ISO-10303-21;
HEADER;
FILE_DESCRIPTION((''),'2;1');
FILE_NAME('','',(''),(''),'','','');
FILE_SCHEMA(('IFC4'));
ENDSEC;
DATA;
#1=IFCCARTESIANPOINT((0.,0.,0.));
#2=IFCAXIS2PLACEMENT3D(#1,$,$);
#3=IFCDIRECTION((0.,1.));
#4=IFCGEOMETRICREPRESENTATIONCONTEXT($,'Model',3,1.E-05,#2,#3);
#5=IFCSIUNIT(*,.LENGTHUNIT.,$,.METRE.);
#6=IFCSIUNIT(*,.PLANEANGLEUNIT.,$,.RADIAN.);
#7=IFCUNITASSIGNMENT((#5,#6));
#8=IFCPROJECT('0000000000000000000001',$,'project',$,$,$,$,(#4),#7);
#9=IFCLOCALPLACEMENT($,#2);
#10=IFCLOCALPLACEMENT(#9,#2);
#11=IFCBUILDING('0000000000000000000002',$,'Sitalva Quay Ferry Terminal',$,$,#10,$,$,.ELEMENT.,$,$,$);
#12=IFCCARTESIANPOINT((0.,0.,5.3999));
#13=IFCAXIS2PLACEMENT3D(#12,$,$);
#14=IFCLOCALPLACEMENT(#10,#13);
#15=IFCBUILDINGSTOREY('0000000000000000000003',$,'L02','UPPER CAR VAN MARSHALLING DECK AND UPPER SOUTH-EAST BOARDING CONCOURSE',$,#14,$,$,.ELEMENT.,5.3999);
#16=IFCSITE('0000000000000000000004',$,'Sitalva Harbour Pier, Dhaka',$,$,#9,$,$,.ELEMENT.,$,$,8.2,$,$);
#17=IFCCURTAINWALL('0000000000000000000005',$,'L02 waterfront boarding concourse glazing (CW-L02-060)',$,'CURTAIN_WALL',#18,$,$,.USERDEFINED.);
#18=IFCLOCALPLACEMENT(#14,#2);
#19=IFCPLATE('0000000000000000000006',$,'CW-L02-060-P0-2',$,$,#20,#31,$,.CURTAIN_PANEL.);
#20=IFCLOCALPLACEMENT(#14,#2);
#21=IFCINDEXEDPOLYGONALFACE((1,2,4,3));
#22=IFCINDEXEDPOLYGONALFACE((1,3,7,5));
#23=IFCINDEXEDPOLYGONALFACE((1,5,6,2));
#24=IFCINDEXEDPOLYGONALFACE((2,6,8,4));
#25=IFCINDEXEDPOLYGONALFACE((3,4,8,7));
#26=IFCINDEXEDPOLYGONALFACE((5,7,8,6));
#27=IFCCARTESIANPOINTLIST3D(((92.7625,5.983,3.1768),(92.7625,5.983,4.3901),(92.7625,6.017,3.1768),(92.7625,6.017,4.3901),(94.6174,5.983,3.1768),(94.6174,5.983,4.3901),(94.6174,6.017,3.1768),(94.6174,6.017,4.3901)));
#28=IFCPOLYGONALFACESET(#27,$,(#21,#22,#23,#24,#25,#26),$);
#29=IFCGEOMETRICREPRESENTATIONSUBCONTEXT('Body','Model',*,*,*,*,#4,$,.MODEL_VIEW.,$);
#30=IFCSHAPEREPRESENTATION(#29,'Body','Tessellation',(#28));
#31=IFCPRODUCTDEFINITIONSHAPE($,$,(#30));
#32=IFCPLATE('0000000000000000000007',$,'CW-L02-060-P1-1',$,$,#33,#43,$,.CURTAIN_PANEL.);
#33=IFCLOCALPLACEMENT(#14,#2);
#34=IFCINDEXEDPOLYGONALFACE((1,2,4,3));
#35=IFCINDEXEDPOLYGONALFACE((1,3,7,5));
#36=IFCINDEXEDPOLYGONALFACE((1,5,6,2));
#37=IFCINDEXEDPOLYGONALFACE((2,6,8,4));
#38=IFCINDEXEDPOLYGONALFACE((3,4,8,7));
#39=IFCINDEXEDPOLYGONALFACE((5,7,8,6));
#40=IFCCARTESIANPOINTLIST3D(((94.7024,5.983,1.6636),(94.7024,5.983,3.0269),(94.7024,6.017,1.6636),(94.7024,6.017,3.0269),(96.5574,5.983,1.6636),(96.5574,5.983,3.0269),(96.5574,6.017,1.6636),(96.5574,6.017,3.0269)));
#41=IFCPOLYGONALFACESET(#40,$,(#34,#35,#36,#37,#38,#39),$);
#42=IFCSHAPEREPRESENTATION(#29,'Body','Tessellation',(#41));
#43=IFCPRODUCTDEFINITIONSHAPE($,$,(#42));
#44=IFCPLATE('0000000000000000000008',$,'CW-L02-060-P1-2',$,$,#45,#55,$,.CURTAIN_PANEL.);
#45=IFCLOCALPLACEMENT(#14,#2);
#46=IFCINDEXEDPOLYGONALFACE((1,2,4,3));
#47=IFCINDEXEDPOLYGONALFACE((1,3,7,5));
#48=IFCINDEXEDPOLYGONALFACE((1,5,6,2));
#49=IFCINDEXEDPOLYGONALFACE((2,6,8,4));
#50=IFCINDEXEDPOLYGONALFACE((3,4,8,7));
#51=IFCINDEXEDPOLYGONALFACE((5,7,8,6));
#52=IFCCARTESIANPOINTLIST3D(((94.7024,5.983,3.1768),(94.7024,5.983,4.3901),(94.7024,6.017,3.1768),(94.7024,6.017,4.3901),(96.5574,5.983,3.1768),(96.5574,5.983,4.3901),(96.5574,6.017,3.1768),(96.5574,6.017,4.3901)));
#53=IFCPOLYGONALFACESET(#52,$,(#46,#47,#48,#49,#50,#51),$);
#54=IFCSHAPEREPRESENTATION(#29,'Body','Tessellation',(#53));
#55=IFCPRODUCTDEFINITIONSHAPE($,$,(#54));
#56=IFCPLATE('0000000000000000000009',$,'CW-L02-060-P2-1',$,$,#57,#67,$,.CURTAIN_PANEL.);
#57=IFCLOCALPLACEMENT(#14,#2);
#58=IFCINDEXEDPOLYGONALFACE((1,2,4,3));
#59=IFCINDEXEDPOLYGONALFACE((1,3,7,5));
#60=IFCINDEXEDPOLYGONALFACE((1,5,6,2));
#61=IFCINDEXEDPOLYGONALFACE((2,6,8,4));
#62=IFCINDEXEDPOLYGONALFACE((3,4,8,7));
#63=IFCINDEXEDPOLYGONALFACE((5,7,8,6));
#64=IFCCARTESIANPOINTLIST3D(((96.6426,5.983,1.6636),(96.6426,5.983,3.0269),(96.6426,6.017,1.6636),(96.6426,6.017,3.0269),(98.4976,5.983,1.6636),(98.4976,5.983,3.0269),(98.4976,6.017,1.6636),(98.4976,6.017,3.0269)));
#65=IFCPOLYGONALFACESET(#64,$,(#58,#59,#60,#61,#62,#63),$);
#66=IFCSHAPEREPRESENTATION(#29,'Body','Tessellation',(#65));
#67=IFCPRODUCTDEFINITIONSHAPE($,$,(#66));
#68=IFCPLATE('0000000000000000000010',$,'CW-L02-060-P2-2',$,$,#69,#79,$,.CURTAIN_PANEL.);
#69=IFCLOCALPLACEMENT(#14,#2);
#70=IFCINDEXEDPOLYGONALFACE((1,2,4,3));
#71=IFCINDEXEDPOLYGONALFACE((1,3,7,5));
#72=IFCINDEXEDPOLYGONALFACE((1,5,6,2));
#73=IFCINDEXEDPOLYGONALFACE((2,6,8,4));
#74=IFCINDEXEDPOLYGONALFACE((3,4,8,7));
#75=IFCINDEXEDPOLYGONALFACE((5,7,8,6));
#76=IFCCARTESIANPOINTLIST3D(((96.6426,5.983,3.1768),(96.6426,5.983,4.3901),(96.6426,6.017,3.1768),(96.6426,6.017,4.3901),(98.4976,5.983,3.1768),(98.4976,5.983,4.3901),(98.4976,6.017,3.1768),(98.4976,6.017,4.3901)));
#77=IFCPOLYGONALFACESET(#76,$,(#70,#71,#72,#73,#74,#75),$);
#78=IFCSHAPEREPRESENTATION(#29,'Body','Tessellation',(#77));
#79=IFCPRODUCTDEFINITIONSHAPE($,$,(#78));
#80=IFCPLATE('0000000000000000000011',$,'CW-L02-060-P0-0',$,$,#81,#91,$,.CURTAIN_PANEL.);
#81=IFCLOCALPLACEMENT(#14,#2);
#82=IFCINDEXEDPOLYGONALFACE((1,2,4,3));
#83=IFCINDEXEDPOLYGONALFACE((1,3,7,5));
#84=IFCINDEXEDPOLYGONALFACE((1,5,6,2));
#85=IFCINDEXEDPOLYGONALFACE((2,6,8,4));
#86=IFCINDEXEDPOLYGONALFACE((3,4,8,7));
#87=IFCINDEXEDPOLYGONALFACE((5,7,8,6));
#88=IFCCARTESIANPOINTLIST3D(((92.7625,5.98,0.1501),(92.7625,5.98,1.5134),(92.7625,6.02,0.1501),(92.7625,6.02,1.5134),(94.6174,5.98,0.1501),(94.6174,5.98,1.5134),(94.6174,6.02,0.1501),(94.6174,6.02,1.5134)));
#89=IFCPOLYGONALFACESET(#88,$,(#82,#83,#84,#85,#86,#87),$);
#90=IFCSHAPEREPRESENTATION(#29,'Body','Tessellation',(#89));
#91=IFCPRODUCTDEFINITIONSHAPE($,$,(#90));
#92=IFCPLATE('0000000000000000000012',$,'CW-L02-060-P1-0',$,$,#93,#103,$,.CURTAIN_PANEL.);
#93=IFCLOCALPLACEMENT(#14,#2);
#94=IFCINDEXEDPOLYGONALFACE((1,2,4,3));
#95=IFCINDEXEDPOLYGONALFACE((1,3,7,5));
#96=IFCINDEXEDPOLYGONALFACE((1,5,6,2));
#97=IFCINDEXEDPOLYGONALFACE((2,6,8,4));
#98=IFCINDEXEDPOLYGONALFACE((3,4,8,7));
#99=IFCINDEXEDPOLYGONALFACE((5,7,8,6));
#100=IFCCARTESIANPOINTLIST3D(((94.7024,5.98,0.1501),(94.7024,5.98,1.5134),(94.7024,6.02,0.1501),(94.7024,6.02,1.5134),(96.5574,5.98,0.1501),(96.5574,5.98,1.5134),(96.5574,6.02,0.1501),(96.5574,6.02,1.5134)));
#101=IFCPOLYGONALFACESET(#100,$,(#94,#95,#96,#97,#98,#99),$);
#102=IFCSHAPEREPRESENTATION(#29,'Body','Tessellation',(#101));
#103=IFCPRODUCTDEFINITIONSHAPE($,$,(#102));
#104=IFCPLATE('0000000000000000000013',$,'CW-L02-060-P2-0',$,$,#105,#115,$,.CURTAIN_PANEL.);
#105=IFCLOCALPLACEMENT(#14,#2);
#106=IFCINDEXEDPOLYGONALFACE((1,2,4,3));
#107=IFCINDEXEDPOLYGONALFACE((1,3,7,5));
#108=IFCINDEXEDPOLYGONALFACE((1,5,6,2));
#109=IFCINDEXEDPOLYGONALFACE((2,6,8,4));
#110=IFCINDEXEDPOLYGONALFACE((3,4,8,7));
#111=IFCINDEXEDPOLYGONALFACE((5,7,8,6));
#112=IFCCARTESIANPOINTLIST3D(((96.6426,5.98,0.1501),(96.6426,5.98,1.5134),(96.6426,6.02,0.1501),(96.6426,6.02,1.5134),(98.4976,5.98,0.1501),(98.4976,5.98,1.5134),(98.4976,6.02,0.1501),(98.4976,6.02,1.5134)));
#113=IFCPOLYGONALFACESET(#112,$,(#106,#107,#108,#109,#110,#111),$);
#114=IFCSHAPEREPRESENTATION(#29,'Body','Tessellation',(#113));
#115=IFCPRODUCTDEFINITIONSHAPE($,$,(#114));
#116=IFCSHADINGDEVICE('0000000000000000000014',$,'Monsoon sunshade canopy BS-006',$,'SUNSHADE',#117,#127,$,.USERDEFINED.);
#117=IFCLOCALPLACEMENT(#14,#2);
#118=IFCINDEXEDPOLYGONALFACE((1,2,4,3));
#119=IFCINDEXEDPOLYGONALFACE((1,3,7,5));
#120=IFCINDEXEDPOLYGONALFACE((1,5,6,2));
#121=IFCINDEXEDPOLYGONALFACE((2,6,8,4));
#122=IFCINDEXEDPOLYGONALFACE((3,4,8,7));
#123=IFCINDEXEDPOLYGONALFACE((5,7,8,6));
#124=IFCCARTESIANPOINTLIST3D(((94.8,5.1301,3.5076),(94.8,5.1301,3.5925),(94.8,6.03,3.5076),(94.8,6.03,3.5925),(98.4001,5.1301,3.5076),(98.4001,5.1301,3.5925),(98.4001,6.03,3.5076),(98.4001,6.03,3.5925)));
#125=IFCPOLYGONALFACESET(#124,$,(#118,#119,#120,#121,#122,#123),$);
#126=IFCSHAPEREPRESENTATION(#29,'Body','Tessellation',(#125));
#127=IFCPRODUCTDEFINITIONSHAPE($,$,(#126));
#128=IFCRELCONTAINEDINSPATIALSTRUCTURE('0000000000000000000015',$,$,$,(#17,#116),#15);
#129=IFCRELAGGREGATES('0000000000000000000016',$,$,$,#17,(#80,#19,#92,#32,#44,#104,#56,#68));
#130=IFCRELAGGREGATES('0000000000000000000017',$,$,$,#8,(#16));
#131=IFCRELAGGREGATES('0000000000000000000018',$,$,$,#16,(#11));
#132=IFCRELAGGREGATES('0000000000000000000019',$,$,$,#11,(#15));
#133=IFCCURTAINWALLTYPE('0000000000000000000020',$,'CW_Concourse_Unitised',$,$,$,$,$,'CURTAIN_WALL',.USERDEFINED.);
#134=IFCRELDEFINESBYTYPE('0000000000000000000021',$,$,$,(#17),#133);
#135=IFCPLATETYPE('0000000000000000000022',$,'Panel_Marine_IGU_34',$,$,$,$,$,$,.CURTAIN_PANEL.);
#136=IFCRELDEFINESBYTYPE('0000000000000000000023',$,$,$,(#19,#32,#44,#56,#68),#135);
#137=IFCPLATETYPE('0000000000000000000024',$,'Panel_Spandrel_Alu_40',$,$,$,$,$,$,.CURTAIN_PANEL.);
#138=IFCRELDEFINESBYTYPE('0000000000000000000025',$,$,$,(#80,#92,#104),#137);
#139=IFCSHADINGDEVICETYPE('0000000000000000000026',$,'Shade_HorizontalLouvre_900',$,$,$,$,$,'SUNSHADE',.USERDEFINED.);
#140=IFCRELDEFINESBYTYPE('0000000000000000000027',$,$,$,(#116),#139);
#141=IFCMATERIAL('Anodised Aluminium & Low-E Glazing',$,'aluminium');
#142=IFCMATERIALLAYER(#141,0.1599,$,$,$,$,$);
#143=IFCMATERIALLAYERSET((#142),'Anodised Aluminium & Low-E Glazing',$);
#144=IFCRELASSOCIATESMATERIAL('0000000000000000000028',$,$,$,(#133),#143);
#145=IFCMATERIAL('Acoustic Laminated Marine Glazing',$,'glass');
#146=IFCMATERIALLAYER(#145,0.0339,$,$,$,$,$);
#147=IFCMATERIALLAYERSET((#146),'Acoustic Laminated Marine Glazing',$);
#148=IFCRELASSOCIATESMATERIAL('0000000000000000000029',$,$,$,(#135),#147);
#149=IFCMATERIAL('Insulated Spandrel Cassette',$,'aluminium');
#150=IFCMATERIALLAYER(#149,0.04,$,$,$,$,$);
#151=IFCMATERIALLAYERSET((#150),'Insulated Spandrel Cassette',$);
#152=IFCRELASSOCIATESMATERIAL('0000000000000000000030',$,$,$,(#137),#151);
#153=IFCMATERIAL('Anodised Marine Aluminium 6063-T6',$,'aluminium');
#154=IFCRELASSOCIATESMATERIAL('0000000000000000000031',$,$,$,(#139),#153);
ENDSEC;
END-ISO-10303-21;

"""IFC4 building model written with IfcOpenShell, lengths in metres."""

from ifc_helpers import new_model, si_unit, direction, frame, origin, origin_2d, place, context, subcontext, project, spatial, rectangle, extrude, material, layer, layer_set, type_object, element, aggregate, save


model = new_model("IFC4")

# Units and contexts
model_context = context("Model", 3, precision=1e-05, world=origin(), true_north=direction((0.0, 1.0)))
body_context = subcontext(model_context, "Body", "Model", "MODEL_VIEW")
ifc_project = project(units=[si_unit("LENGTHUNIT", "METRE"), si_unit("PLANEANGLEUNIT", "RADIAN")], contexts=[model_context])

# Site, building, storey
site_placement = place(None, origin())
site = spatial("IfcSite", under=ifc_project, at=site_placement, Name="Sitalva Harbour Pier, Dhaka", CompositionType="ELEMENT", RefElevation=8.2)
building_placement = place(site_placement, origin())
building = spatial("IfcBuilding", under=site, at=building_placement, Name="Sitalva Quay Ferry Terminal", CompositionType="ELEMENT")
storey_placement = place(building_placement, frame((0.0, 0.0, 5.3999)))
storey = spatial("IfcBuildingStorey", under=building, at=storey_placement, Name="L02", Description="UPPER CAR VAN MARSHALLING DECK AND UPPER SOUTH-EAST BOARDING CONCOURSE", CompositionType="ELEMENT", Elevation=5.3999)

# Curtain wall, plates
ifc_material_1 = material(Name="Anodised Aluminium & Low-E Glazing", Category="aluminium")
ifc_layer_1 = layer(ifc_material_1, 0.1599)
ifc_layer_set_1 = layer_set([ifc_layer_1], Name="Anodised Aluminium & Low-E Glazing")
curtain_wall_type = type_object("IfcCurtainWallType", Name="CW_Concourse_Unitised", ElementType="CURTAIN_WALL", PredefinedType="USERDEFINED", material=ifc_layer_set_1)
curtain_wall_placement = place(storey_placement, origin())
curtain_wall = element("IfcCurtainWall", 1, at=curtain_wall_placement, inside=storey, type_object=curtain_wall_type, Name="L02 waterfront boarding concourse glazing (CW-L02-060)", ObjectType="CURTAIN_WALL", PredefinedType="USERDEFINED")
ifc_material_2 = material(Name="Acoustic Laminated Marine Glazing", Category="glass")
ifc_layer_2 = layer(ifc_material_2, 0.0339)
ifc_layer_set_2 = layer_set([ifc_layer_2], Name="Acoustic Laminated Marine Glazing")
plate_type_1 = type_object("IfcPlateType", Name="Panel_Marine_IGU_34", PredefinedType="CURTAIN_PANEL", material=ifc_layer_set_2)
plate_1_placement = place(storey_placement, frame((93.6899, 6.0, 3.1768), z_axis=(0.0, 0.0, 1.0), x_axis=(1.0, 0.0, 0.0)))
plate_1 = element("IfcPlate", 2, at=plate_1_placement, type_object=plate_type_1, Name="CW-L02-060-P0-2", PredefinedType="CURTAIN_PANEL", context=body_context, shape_type="SweptSolid", body=[
    extrude(rectangle(XDim=1.855, YDim=0.0339, at=origin_2d()), origin(), (0.0, 0.0, 1.0), 1.2134),
])
plate_2_placement = place(storey_placement, frame((95.6299, 6.0, 1.6636), z_axis=(0.0, 0.0, 1.0), x_axis=(1.0, 0.0, 0.0)))
plate_2 = element("IfcPlate", 3, at=plate_2_placement, type_object=plate_type_1, Name="CW-L02-060-P1-1", PredefinedType="CURTAIN_PANEL", context=body_context, shape_type="SweptSolid", body=[
    extrude(rectangle(XDim=1.855, YDim=0.0339, at=origin_2d()), origin(), (0.0, 0.0, 1.0), 1.3633),
])
plate_3_placement = place(storey_placement, frame((95.6299, 6.0, 3.1768), z_axis=(0.0, 0.0, 1.0), x_axis=(1.0, 0.0, 0.0)))
plate_3 = element("IfcPlate", 4, at=plate_3_placement, type_object=plate_type_1, Name="CW-L02-060-P1-2", PredefinedType="CURTAIN_PANEL", context=body_context, shape_type="SweptSolid", body=[
    extrude(rectangle(XDim=1.855, YDim=0.0339, at=origin_2d()), origin(), (0.0, 0.0, 1.0), 1.2134),
])
plate_4_placement = place(storey_placement, frame((97.5701, 6.0, 1.6636), z_axis=(0.0, 0.0, 1.0), x_axis=(1.0, 0.0, 0.0)))
plate_4 = element("IfcPlate", 5, at=plate_4_placement, type_object=plate_type_1, Name="CW-L02-060-P2-1", PredefinedType="CURTAIN_PANEL", context=body_context, shape_type="SweptSolid", body=[
    extrude(rectangle(XDim=1.855, YDim=0.0339, at=origin_2d()), origin(), (0.0, 0.0, 1.0), 1.3633),
])
plate_5_placement = place(storey_placement, frame((97.5701, 6.0, 3.1768), z_axis=(0.0, 0.0, 1.0), x_axis=(1.0, 0.0, 0.0)))
plate_5 = element("IfcPlate", 6, at=plate_5_placement, type_object=plate_type_1, Name="CW-L02-060-P2-2", PredefinedType="CURTAIN_PANEL", context=body_context, shape_type="SweptSolid", body=[
    extrude(rectangle(XDim=1.855, YDim=0.0339, at=origin_2d()), origin(), (0.0, 0.0, 1.0), 1.2134),
])
ifc_material_3 = material(Name="Insulated Spandrel Cassette", Category="aluminium")
ifc_layer_3 = layer(ifc_material_3, 0.04)
ifc_layer_set_3 = layer_set([ifc_layer_3], Name="Insulated Spandrel Cassette")
plate_type_2 = type_object("IfcPlateType", Name="Panel_Spandrel_Alu_40", PredefinedType="CURTAIN_PANEL", material=ifc_layer_set_3)
plate_6_placement = place(storey_placement, frame((93.6899, 6.0, 0.1501), z_axis=(0.0, 0.0, 1.0), x_axis=(1.0, 0.0, 0.0)))
plate_6 = element("IfcPlate", 7, at=plate_6_placement, type_object=plate_type_2, Name="CW-L02-060-P0-0", PredefinedType="CURTAIN_PANEL", context=body_context, shape_type="SweptSolid", body=[
    extrude(rectangle(XDim=1.855, YDim=0.04, at=origin_2d()), origin(), (0.0, 0.0, 1.0), 1.3633),
])
plate_7_placement = place(storey_placement, frame((95.6299, 6.0, 0.1501), z_axis=(0.0, 0.0, 1.0), x_axis=(1.0, 0.0, 0.0)))
plate_7 = element("IfcPlate", 8, at=plate_7_placement, type_object=plate_type_2, Name="CW-L02-060-P1-0", PredefinedType="CURTAIN_PANEL", context=body_context, shape_type="SweptSolid", body=[
    extrude(rectangle(XDim=1.855, YDim=0.04, at=origin_2d()), origin(), (0.0, 0.0, 1.0), 1.3633),
])
plate_8_placement = place(storey_placement, frame((97.5701, 6.0, 0.1501), z_axis=(0.0, 0.0, 1.0), x_axis=(1.0, 0.0, 0.0)))
plate_8 = element("IfcPlate", 9, at=plate_8_placement, type_object=plate_type_2, Name="CW-L02-060-P2-0", PredefinedType="CURTAIN_PANEL", context=body_context, shape_type="SweptSolid", body=[
    extrude(rectangle(XDim=1.855, YDim=0.04, at=origin_2d()), origin(), (0.0, 0.0, 1.0), 1.3633),
])
aggregate(curtain_wall, [plate_6, plate_1, plate_7, plate_2, plate_3, plate_8, plate_4, plate_5])

# Shading device
ifc_material_4 = material(Name="Anodised Marine Aluminium 6063-T6", Category="aluminium")
shading_device_type = type_object("IfcShadingDeviceType", Name="Shade_HorizontalLouvre_900", ElementType="SUNSHADE", PredefinedType="USERDEFINED", material=ifc_material_4)
shading_device_placement = place(storey_placement, frame((96.6001, 5.5801, 3.5076), z_axis=(0.0, 0.0, 1.0), x_axis=(1.0, 0.0, 0.0)))
element("IfcShadingDevice", 10, at=shading_device_placement, inside=storey, type_object=shading_device_type, Name="Monsoon sunshade canopy BS-006", ObjectType="SUNSHADE", PredefinedType="USERDEFINED", context=body_context, shape_type="SweptSolid", body=[
    extrude(rectangle(XDim=3.6001, YDim=0.8999, at=origin_2d()), origin(), (0.0, 0.0, 1.0), 0.085),
])

save(model, "model.ifc")
